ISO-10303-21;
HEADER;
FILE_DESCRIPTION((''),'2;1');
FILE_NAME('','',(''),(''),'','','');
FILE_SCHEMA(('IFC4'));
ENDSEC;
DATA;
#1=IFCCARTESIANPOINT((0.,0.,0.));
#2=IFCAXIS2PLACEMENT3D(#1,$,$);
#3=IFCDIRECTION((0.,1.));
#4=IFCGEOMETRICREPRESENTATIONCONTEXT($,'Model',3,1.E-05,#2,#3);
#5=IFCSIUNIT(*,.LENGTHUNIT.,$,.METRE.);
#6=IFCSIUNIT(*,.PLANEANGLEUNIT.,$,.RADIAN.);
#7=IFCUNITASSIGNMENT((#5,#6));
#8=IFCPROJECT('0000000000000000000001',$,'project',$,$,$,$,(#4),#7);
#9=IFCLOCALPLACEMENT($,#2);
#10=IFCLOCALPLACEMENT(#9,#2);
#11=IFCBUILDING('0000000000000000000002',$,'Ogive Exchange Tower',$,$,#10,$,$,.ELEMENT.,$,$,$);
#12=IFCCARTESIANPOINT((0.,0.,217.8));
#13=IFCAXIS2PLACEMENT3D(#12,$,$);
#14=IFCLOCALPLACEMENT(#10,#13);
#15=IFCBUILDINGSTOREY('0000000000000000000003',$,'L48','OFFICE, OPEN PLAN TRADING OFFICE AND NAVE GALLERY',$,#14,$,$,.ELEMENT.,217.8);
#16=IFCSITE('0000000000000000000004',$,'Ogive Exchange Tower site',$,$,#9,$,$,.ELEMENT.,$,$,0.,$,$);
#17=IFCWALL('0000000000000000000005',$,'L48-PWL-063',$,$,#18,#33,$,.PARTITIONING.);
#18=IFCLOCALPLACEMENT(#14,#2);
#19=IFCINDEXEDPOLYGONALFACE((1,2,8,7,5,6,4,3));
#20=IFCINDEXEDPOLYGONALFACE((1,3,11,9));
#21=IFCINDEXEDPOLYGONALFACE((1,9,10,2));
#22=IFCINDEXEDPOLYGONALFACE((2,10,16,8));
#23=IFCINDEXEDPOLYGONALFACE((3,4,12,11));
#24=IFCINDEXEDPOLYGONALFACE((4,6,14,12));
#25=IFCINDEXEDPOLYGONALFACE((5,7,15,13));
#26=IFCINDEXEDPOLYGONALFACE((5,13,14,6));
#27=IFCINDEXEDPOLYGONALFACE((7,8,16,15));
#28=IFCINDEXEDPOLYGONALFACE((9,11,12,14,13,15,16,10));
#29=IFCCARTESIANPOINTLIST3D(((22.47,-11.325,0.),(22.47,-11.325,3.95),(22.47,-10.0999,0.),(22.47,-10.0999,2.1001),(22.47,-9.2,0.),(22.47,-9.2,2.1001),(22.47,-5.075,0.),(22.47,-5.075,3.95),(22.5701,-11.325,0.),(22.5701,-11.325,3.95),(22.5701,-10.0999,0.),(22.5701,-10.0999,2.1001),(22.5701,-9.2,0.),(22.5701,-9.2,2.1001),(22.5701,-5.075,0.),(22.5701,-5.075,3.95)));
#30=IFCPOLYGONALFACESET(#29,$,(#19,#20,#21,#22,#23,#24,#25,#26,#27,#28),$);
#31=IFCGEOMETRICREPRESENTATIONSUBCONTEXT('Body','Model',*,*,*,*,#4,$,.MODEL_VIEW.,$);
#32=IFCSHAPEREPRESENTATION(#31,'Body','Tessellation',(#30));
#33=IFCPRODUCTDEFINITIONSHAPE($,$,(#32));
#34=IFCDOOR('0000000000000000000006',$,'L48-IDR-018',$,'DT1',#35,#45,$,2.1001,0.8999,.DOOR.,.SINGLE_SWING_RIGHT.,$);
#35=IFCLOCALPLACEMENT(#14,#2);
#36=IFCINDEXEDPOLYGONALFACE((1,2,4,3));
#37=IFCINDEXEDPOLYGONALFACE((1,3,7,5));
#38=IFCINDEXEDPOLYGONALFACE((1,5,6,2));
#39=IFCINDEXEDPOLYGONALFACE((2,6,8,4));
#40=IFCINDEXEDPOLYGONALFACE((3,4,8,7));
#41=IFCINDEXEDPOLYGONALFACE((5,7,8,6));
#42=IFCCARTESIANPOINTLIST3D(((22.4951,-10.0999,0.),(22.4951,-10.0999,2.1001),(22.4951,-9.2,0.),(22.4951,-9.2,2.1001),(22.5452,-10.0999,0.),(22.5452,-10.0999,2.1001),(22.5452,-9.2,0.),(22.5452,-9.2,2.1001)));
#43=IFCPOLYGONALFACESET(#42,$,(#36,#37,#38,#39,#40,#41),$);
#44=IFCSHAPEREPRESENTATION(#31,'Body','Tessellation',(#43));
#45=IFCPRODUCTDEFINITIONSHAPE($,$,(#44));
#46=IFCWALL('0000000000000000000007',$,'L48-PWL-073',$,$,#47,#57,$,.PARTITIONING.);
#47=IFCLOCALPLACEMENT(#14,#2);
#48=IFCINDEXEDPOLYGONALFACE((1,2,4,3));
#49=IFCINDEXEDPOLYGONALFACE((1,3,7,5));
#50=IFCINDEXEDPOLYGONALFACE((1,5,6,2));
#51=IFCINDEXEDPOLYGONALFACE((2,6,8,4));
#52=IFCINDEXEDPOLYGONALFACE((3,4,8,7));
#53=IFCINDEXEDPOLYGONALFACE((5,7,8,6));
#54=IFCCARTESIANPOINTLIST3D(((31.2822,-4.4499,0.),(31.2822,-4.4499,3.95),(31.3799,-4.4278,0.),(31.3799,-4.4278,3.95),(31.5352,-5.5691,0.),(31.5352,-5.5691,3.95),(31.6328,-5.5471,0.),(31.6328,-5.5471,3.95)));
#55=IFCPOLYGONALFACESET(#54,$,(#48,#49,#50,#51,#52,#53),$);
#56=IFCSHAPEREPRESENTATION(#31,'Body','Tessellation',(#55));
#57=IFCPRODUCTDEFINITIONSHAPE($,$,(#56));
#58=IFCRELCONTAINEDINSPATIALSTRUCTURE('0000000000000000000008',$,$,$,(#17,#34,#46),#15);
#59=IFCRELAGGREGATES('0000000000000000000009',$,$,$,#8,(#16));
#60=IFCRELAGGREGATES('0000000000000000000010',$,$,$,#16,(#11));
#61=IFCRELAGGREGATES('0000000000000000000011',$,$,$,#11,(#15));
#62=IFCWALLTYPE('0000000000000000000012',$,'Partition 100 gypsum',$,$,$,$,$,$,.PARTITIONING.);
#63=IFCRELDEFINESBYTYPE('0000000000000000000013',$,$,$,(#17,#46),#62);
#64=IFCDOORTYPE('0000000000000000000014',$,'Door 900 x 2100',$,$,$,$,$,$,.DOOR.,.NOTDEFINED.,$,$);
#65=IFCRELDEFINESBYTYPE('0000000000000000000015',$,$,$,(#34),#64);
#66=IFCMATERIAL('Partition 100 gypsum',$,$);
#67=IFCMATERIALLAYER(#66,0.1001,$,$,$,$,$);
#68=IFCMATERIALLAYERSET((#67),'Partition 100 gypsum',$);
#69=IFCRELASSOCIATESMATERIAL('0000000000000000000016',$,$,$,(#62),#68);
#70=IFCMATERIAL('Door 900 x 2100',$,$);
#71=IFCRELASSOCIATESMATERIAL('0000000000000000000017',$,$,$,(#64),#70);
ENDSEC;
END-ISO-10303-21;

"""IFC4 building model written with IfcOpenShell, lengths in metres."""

from ifc_helpers import new_model, si_unit, direction, frame, frame_2d, origin, place, context, subcontext, project, spatial, rectangle, extrude, material, layer, layer_set, type_object, element, fill, save


model = new_model("IFC4")

# Units and contexts
model_context = context("Model", 3, precision=1e-05, world=origin(), true_north=direction((0.0, 1.0)))
body_context = subcontext(model_context, "Body", "Model", "MODEL_VIEW")
ifc_project = project(units=[si_unit("LENGTHUNIT", "METRE"), si_unit("PLANEANGLEUNIT", "RADIAN")], contexts=[model_context])

# Site, building, storey
site_placement = place(None, origin())
site = spatial("IfcSite", under=ifc_project, at=site_placement, Name="Ogive Exchange Tower site", CompositionType="ELEMENT", RefElevation=0.0)
building_placement = place(site_placement, origin())
building = spatial("IfcBuilding", under=site, at=building_placement, Name="Ogive Exchange Tower", CompositionType="ELEMENT")
storey_placement = place(building_placement, frame((0.0, 0.0, 217.8)))
storey = spatial("IfcBuildingStorey", under=building, at=storey_placement, Name="L48", Description="OFFICE, OPEN PLAN TRADING OFFICE AND NAVE GALLERY", CompositionType="ELEMENT", Elevation=217.8)

# Wall, opening, door
ifc_material_1 = material(Name="Partition 100 gypsum")
ifc_layer_1 = layer(ifc_material_1, 0.1001)
ifc_layer_set_1 = layer_set([ifc_layer_1], Name="Partition 100 gypsum")
wall_type_1 = type_object("IfcWallType", Name="Partition 100 gypsum", PredefinedType="PARTITIONING", material=ifc_layer_set_1)
wall_1_placement = place(storey_placement, frame((22.52, -5.075, 0.0), z_axis=(0.0, 0.0, 1.0), x_axis=(0.0, -1.0, 0.0)))
wall_1 = element("IfcWall", 1, at=wall_1_placement, inside=storey, type_object=wall_type_1, Name="L48-PWL-063", PredefinedType="PARTITIONING", context=body_context, shape_type="SweptSolid", body=[
    extrude(rectangle(XDim=6.25, YDim=0.1001, at=frame_2d((3.125, 0.0))), origin(), (0.0, 0.0, 1.0), 3.95),
])
opening_1_placement = place(wall_1_placement, frame((4.125, 0.0, 0.0)))
opening_1 = element("IfcOpeningElement", 2, at=opening_1_placement, cuts=wall_1, PredefinedType="OPENING", context=body_context, shape_type="SweptSolid", body=[
    extrude(rectangle(XDim=0.8999, YDim=2.1001, at=frame_2d((0.45, 1.05))), frame((0.0, 0.0601, 0.0), z_axis=(0.0, -1.0, 0.0), x_axis=(1.0, 0.0, 0.0)), (0.0, 0.0, 1.0), 0.1201),
])
ifc_material_2 = material(Name="Door 900 x 2100")
door_type_1 = type_object("IfcDoorType", Name="Door 900 x 2100", OperationType="NOTDEFINED", PredefinedType="DOOR", material=ifc_material_2)
door_1_placement = place(opening_1_placement, frame((0.8999, 0.0, 0.0), z_axis=(0.0, 0.0, 1.0), x_axis=(-1.0, 0.0, 0.0)))
door_1 = element("IfcDoor", 3, at=door_1_placement, inside=storey, type_object=door_type_1, Name="L48-IDR-018", ObjectType="DT1", OperationType="SINGLE_SWING_RIGHT", OverallHeight=2.1001, OverallWidth=0.8999, PredefinedType="DOOR", context=body_context, shape_type="SweptSolid", body=[
    extrude(rectangle(XDim=0.8999, YDim=2.1001, at=frame_2d((0.45, 1.05))), frame((0.0, 0.0249, 0.0), z_axis=(0.0, -1.0, 0.0), x_axis=(1.0, 0.0, 0.0)), (0.0, 0.0, 1.0), 0.05),
])
fill(opening_1, door_1)

# Wall
wall_2_placement = place(storey_placement, frame((31.584, -5.5581, 0.0), z_axis=(0.0, 0.0, 1.0), x_axis=(-0.220444, 0.9754, 0.0)))
element("IfcWall", 4, at=wall_2_placement, inside=storey, type_object=wall_type_1, Name="L48-PWL-073", PredefinedType="PARTITIONING", context=body_context, shape_type="SweptSolid", body=[
    extrude(rectangle(XDim=1.1475, YDim=0.1001, at=frame_2d((0.5737, 0.0))), origin(), (0.0, 0.0, 1.0), 3.95),
])

save(model, "model.ifc")
